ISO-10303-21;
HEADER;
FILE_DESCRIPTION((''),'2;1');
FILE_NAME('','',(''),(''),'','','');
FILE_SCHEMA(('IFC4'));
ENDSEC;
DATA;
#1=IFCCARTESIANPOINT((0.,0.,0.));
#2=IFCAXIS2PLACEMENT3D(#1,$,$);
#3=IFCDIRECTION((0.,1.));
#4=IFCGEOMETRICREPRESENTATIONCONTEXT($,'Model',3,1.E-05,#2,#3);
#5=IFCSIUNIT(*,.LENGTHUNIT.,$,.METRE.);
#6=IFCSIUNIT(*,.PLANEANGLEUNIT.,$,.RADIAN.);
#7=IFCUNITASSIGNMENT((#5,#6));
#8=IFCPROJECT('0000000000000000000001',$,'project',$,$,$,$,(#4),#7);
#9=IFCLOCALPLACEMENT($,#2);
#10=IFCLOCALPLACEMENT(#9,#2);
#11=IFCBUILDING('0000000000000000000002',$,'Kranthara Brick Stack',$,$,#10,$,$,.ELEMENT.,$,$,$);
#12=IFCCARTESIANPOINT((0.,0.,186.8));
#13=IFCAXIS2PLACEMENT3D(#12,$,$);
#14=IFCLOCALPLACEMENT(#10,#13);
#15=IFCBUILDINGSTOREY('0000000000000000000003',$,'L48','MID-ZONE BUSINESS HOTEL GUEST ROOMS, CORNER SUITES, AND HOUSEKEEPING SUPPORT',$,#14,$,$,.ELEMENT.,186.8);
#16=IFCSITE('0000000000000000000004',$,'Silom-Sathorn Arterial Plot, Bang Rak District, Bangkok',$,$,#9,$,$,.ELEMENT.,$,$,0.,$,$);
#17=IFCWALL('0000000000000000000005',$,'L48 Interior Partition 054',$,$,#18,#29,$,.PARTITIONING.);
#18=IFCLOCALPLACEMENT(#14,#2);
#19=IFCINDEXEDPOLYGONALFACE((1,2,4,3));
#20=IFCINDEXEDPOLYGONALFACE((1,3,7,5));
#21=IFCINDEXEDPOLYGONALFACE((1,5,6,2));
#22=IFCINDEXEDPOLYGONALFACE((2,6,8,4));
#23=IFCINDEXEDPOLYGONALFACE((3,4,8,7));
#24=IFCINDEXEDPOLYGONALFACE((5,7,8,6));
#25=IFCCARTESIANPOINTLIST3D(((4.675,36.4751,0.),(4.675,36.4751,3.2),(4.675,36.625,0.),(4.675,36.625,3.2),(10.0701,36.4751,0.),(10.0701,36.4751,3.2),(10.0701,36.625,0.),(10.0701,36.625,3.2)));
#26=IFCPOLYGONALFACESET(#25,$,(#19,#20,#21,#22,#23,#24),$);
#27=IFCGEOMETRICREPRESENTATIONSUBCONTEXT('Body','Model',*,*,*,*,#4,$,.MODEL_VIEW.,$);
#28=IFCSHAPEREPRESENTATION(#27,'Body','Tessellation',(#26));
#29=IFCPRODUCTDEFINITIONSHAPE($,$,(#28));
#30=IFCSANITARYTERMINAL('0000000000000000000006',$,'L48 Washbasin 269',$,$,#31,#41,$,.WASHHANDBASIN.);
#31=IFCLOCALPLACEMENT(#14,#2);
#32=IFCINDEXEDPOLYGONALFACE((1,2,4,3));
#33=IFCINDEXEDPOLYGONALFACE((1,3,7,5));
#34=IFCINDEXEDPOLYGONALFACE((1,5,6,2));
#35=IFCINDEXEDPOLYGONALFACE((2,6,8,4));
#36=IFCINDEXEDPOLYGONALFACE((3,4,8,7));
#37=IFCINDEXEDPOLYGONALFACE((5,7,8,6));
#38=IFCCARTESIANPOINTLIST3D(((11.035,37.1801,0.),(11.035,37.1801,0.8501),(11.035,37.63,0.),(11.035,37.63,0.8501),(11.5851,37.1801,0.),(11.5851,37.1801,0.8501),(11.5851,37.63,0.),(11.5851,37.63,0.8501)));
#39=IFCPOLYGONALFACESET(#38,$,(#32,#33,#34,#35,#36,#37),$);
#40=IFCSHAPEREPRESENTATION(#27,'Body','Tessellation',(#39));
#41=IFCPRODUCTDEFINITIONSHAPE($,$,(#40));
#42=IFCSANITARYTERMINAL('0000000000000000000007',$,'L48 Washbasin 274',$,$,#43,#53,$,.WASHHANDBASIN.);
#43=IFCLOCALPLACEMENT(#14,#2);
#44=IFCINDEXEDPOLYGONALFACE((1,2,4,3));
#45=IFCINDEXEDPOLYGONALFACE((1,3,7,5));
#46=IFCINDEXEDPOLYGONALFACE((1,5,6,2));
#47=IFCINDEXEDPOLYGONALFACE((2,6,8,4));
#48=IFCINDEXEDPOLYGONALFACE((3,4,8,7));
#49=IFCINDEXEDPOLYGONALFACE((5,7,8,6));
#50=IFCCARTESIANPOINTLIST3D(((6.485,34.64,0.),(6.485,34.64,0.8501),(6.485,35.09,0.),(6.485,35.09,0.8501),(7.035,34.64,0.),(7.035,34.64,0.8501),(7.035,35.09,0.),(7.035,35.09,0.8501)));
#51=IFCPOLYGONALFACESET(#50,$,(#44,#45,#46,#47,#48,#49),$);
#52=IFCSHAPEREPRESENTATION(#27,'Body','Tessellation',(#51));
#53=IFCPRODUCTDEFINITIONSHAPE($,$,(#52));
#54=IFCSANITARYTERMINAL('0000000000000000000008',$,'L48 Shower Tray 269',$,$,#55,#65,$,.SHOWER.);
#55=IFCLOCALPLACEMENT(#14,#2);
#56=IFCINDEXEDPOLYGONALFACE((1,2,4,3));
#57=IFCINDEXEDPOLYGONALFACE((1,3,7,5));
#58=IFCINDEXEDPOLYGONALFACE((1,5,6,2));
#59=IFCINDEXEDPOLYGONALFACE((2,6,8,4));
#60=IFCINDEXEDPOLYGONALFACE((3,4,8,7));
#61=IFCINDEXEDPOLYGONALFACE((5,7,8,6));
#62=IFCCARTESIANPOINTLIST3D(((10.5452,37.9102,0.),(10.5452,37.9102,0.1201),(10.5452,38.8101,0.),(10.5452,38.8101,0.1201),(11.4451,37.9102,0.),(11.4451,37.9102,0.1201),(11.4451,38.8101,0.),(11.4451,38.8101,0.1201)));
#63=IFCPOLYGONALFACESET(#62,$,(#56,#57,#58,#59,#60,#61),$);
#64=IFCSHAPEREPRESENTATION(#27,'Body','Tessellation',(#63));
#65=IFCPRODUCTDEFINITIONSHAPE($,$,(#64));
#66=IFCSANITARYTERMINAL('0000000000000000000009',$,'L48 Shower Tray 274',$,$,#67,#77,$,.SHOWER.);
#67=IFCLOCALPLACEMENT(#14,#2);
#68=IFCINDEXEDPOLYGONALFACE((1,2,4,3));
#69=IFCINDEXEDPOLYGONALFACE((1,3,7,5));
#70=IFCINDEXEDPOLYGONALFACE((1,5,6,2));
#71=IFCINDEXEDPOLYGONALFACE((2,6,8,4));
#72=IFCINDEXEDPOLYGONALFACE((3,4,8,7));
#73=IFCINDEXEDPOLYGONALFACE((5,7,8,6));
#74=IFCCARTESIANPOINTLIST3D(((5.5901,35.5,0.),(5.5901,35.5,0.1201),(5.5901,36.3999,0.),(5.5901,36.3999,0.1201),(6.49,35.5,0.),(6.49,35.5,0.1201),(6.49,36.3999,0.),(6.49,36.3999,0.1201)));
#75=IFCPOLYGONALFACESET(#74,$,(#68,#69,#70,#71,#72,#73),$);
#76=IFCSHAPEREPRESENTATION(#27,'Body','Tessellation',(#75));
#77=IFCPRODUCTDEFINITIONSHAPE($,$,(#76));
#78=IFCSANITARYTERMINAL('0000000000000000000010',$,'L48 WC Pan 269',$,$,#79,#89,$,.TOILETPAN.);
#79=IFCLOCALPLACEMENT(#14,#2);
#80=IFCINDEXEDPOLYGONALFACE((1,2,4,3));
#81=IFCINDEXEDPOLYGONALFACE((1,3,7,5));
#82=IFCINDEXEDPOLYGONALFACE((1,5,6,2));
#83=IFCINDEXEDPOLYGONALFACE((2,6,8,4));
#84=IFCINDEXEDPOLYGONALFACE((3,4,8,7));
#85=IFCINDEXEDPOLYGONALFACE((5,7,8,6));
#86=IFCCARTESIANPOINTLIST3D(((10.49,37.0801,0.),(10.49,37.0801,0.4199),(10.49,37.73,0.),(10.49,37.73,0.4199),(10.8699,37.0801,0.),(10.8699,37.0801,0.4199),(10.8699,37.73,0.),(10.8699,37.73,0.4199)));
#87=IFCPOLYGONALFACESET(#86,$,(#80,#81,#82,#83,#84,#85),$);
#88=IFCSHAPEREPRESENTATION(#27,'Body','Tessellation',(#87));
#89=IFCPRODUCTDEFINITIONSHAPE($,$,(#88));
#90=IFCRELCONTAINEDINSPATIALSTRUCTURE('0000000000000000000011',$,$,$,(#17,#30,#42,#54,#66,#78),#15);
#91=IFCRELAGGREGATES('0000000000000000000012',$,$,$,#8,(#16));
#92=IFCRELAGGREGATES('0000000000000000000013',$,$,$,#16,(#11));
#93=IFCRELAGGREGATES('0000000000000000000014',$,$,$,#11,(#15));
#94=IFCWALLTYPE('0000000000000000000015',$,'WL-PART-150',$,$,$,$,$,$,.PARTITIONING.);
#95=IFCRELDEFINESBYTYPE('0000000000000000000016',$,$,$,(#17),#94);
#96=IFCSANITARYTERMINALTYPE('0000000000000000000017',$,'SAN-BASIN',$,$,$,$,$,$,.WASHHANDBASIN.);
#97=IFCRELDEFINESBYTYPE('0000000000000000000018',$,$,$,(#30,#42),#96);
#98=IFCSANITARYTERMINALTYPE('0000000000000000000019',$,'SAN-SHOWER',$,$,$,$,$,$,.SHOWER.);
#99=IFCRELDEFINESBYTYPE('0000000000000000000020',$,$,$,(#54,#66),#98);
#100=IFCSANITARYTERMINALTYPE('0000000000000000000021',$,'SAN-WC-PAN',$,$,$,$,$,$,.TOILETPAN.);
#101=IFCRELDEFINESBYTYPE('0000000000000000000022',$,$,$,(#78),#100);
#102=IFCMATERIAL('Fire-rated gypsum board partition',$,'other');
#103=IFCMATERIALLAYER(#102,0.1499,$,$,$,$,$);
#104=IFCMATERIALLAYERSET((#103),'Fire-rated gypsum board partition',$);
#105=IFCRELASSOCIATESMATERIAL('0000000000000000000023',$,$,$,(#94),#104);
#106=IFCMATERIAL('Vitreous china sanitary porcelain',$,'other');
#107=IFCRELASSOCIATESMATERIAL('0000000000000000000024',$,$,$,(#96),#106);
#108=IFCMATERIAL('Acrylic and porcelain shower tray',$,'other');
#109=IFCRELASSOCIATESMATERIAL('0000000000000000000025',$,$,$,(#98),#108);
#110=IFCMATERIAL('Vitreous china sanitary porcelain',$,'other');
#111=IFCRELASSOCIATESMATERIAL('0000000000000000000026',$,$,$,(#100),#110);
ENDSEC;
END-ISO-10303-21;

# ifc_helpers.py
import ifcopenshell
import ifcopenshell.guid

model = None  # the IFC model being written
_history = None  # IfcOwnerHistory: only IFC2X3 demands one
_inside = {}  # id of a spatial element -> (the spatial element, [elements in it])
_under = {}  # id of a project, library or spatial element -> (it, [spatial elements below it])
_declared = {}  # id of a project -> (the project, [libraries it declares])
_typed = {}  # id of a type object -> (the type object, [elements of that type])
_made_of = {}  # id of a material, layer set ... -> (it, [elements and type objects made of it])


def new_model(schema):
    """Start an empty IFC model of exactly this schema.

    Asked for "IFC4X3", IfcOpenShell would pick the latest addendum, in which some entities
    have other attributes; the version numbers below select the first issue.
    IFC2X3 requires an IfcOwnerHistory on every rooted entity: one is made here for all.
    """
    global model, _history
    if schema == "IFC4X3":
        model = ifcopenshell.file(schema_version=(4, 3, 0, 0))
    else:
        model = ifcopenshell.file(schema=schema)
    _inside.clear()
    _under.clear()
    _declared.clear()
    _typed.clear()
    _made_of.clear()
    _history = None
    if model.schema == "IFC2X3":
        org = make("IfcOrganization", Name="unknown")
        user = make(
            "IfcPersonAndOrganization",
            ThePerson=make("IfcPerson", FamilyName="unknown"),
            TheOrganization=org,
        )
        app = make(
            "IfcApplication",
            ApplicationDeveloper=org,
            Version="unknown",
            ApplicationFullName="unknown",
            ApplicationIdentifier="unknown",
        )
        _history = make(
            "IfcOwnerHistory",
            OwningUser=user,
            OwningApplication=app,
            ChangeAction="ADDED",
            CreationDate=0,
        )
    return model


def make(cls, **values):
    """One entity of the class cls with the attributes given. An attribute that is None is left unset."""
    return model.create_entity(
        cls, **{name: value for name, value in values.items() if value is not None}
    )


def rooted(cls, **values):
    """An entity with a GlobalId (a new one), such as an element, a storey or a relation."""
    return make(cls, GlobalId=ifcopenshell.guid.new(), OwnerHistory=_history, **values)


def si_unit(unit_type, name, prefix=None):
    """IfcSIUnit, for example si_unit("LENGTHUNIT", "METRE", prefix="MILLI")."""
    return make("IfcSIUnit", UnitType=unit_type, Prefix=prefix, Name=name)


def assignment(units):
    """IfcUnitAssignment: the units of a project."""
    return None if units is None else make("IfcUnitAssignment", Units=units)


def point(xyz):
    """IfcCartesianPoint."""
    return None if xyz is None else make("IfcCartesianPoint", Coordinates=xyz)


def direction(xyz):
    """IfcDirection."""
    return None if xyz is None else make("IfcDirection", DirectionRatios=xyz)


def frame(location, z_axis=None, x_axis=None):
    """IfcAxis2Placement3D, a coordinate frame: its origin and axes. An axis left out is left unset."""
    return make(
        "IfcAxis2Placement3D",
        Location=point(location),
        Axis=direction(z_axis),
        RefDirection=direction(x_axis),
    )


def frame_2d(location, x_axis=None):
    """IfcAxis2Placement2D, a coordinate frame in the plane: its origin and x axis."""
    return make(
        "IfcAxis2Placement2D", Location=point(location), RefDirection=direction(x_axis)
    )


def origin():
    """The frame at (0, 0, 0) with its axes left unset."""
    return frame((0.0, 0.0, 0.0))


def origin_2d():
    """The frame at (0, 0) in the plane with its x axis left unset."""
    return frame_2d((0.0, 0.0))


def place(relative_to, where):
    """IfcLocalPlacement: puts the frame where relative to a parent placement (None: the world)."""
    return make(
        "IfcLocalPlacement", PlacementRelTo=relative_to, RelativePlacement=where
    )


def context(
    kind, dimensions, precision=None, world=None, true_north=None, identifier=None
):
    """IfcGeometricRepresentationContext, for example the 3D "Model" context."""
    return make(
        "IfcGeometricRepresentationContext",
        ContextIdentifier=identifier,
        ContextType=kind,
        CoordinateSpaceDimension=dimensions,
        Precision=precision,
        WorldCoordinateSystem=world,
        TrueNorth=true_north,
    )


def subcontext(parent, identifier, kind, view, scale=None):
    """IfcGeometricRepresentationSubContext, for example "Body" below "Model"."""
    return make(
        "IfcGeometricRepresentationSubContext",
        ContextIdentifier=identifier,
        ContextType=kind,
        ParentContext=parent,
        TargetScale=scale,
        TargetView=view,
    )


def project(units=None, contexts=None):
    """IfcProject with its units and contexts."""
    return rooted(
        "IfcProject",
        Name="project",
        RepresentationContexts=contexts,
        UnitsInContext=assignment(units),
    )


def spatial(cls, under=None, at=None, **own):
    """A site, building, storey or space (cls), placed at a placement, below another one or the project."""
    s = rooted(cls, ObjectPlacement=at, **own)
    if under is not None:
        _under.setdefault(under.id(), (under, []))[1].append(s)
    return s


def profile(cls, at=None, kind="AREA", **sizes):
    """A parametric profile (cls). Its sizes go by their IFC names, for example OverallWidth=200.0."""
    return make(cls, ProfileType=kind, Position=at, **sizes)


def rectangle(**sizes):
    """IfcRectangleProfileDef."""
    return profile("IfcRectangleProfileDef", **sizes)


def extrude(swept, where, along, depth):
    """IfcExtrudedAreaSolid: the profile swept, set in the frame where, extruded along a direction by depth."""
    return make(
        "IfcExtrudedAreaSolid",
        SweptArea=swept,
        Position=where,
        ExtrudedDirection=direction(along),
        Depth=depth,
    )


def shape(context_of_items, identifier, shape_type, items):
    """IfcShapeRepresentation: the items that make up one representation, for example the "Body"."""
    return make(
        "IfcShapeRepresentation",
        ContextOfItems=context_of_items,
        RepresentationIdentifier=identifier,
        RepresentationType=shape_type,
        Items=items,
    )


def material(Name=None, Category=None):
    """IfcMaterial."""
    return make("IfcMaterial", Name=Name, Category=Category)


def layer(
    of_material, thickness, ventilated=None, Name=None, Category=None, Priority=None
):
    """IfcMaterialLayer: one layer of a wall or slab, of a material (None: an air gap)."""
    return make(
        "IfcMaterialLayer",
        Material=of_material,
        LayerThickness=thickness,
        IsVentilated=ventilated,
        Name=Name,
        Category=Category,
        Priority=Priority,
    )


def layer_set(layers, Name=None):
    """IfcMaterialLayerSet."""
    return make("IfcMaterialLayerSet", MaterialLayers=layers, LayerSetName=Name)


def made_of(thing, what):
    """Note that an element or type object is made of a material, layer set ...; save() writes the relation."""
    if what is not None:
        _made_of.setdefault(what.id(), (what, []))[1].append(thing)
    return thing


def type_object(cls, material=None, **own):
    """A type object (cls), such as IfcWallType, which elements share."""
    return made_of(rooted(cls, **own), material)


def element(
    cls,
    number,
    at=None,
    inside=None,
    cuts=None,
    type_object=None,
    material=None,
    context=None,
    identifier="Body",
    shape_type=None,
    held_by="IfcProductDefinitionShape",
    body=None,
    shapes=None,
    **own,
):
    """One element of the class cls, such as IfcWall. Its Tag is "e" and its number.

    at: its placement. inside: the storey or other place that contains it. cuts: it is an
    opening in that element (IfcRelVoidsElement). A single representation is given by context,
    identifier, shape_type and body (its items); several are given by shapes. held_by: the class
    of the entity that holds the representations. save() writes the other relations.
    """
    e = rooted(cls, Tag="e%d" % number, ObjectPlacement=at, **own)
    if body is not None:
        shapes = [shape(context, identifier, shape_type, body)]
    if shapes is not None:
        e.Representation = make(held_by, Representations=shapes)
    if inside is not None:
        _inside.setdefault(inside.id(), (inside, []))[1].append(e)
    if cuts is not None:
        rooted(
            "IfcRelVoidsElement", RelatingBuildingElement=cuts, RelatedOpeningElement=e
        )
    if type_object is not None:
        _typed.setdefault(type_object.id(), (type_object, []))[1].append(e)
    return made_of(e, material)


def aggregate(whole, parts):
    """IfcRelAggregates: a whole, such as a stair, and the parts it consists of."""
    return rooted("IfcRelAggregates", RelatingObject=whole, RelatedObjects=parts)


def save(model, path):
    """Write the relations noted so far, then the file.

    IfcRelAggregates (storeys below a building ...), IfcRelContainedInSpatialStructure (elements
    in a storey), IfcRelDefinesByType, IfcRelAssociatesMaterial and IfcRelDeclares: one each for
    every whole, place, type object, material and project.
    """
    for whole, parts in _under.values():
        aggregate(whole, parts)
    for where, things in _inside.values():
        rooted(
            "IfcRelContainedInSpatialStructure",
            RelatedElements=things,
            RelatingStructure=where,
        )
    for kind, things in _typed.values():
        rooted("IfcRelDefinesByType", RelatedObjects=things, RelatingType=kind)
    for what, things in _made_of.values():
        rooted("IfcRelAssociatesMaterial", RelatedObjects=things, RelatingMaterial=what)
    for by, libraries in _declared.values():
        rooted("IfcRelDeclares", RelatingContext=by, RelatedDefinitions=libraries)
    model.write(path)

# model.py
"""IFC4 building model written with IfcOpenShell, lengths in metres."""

from ifc_helpers import new_model, si_unit, direction, frame, frame_2d, origin, origin_2d, place, context, subcontext, project, spatial, rectangle, extrude, material, layer, layer_set, type_object, element, save


model = new_model("IFC4")

# Units and contexts
model_context = context("Model", 3, precision=1e-05, world=origin(), true_north=direction((0.0, 1.0)))
body_context = subcontext(model_context, "Body", "Model", "MODEL_VIEW")
ifc_project = project(units=[si_unit("LENGTHUNIT", "METRE"), si_unit("PLANEANGLEUNIT", "RADIAN")], contexts=[model_context])

# Site, building, storey
site_placement = place(None, origin())
site = spatial("IfcSite", under=ifc_project, at=site_placement, Name="Silom-Sathorn Arterial Plot, Bang Rak District, Bangkok", CompositionType="ELEMENT", RefElevation=0.0)
building_placement = place(site_placement, origin())
building = spatial("IfcBuilding", under=site, at=building_placement, Name="Kranthara Brick Stack", CompositionType="ELEMENT")
storey_placement = place(building_placement, frame((0.0, 0.0, 186.8)))
storey = spatial("IfcBuildingStorey", under=building, at=storey_placement, Name="L48", Description="MID-ZONE BUSINESS HOTEL GUEST ROOMS, CORNER SUITES, AND HOUSEKEEPING SUPPORT", CompositionType="ELEMENT", Elevation=186.8)

# Wall
ifc_material_1 = material(Name="Fire-rated gypsum board partition", Category="other")
ifc_layer_1 = layer(ifc_material_1, 0.1499)
ifc_layer_set_1 = layer_set([ifc_layer_1], Name="Fire-rated gypsum board partition")
wall_type_1 = type_object("IfcWallType", Name="WL-PART-150", PredefinedType="PARTITIONING", material=ifc_layer_set_1)
wall_1_placement = place(storey_placement, frame((4.675, 36.55, 0.0), z_axis=(0.0, 0.0, 1.0), x_axis=(1.0, 0.0, 0.0)))
element("IfcWall", 1, at=wall_1_placement, inside=storey, type_object=wall_type_1, Name="L48 Interior Partition 054", PredefinedType="PARTITIONING", context=body_context, shape_type="SweptSolid", body=[
    extrude(rectangle(XDim=5.395, YDim=0.1499, at=frame_2d((2.6975, 0.0))), origin(), (0.0, 0.0, 1.0), 3.2),
])

# Sanitary terminals
ifc_material_2 = material(Name="Vitreous china sanitary porcelain", Category="other")
sanitary_terminal_type_1 = type_object("IfcSanitaryTerminalType", Name="SAN-BASIN", PredefinedType="WASHHANDBASIN", material=ifc_material_2)
for number, where, z_axis, x_axis, name in (
    (2, (11.3101, 37.405, 0.0), (0.0, 0.0, 1.0), (1.0, 0.0, 0.0), "L48 Washbasin 269"),
    (3, (6.76, 34.865, 0.0), (0.0, 0.0, 1.0), (1.0, 0.0, 0.0), "L48 Washbasin 274"),
):
    element("IfcSanitaryTerminal", number, at=place(storey_placement, frame(where, z_axis=z_axis, x_axis=x_axis)), inside=storey, type_object=sanitary_terminal_type_1, Name=name, PredefinedType="WASHHANDBASIN", context=body_context, shape_type="SweptSolid", body=[
        extrude(rectangle(XDim=0.55, YDim=0.45, at=origin_2d()), origin(), (0.0, 0.0, 1.0), 0.8501),
    ])
ifc_material_3 = material(Name="Acrylic and porcelain shower tray", Category="other")
sanitary_terminal_type_2 = type_object("IfcSanitaryTerminalType", Name="SAN-SHOWER", PredefinedType="SHOWER", material=ifc_material_3)
for number, where, z_axis, x_axis, name in (
    (4, (10.9951, 38.3601, 0.0), (0.0, 0.0, 1.0), (1.0, 0.0, 0.0), "L48 Shower Tray 269"),
    (5, (6.04, 35.95, 0.0), (0.0, 0.0, 1.0), (1.0, 0.0, 0.0), "L48 Shower Tray 274"),
):
    element("IfcSanitaryTerminal", number, at=place(storey_placement, frame(where, z_axis=z_axis, x_axis=x_axis)), inside=storey, type_object=sanitary_terminal_type_2, Name=name, PredefinedType="SHOWER", context=body_context, shape_type="SweptSolid", body=[
        extrude(rectangle(XDim=0.8999, YDim=0.8999, at=origin_2d()), origin(), (0.0, 0.0, 1.0), 0.1201),
    ])
ifc_material_4 = material(Name="Vitreous china sanitary porcelain", Category="other")
sanitary_terminal_type_3 = type_object("IfcSanitaryTerminalType", Name="SAN-WC-PAN", PredefinedType="TOILETPAN", material=ifc_material_4)
sanitary_terminal_placement = place(storey_placement, frame((10.6799, 37.405, 0.0), z_axis=(0.0, 0.0, 1.0), x_axis=(1.0, 0.0, 0.0)))
element("IfcSanitaryTerminal", 6, at=sanitary_terminal_placement, inside=storey, type_object=sanitary_terminal_type_3, Name="L48 WC Pan 269", PredefinedType="TOILETPAN", context=body_context, shape_type="SweptSolid", body=[
    extrude(rectangle(XDim=0.3799, YDim=0.6499, at=origin_2d()), origin(), (0.0, 0.0, 1.0), 0.4199),
])

save(model, "model.ifc")
